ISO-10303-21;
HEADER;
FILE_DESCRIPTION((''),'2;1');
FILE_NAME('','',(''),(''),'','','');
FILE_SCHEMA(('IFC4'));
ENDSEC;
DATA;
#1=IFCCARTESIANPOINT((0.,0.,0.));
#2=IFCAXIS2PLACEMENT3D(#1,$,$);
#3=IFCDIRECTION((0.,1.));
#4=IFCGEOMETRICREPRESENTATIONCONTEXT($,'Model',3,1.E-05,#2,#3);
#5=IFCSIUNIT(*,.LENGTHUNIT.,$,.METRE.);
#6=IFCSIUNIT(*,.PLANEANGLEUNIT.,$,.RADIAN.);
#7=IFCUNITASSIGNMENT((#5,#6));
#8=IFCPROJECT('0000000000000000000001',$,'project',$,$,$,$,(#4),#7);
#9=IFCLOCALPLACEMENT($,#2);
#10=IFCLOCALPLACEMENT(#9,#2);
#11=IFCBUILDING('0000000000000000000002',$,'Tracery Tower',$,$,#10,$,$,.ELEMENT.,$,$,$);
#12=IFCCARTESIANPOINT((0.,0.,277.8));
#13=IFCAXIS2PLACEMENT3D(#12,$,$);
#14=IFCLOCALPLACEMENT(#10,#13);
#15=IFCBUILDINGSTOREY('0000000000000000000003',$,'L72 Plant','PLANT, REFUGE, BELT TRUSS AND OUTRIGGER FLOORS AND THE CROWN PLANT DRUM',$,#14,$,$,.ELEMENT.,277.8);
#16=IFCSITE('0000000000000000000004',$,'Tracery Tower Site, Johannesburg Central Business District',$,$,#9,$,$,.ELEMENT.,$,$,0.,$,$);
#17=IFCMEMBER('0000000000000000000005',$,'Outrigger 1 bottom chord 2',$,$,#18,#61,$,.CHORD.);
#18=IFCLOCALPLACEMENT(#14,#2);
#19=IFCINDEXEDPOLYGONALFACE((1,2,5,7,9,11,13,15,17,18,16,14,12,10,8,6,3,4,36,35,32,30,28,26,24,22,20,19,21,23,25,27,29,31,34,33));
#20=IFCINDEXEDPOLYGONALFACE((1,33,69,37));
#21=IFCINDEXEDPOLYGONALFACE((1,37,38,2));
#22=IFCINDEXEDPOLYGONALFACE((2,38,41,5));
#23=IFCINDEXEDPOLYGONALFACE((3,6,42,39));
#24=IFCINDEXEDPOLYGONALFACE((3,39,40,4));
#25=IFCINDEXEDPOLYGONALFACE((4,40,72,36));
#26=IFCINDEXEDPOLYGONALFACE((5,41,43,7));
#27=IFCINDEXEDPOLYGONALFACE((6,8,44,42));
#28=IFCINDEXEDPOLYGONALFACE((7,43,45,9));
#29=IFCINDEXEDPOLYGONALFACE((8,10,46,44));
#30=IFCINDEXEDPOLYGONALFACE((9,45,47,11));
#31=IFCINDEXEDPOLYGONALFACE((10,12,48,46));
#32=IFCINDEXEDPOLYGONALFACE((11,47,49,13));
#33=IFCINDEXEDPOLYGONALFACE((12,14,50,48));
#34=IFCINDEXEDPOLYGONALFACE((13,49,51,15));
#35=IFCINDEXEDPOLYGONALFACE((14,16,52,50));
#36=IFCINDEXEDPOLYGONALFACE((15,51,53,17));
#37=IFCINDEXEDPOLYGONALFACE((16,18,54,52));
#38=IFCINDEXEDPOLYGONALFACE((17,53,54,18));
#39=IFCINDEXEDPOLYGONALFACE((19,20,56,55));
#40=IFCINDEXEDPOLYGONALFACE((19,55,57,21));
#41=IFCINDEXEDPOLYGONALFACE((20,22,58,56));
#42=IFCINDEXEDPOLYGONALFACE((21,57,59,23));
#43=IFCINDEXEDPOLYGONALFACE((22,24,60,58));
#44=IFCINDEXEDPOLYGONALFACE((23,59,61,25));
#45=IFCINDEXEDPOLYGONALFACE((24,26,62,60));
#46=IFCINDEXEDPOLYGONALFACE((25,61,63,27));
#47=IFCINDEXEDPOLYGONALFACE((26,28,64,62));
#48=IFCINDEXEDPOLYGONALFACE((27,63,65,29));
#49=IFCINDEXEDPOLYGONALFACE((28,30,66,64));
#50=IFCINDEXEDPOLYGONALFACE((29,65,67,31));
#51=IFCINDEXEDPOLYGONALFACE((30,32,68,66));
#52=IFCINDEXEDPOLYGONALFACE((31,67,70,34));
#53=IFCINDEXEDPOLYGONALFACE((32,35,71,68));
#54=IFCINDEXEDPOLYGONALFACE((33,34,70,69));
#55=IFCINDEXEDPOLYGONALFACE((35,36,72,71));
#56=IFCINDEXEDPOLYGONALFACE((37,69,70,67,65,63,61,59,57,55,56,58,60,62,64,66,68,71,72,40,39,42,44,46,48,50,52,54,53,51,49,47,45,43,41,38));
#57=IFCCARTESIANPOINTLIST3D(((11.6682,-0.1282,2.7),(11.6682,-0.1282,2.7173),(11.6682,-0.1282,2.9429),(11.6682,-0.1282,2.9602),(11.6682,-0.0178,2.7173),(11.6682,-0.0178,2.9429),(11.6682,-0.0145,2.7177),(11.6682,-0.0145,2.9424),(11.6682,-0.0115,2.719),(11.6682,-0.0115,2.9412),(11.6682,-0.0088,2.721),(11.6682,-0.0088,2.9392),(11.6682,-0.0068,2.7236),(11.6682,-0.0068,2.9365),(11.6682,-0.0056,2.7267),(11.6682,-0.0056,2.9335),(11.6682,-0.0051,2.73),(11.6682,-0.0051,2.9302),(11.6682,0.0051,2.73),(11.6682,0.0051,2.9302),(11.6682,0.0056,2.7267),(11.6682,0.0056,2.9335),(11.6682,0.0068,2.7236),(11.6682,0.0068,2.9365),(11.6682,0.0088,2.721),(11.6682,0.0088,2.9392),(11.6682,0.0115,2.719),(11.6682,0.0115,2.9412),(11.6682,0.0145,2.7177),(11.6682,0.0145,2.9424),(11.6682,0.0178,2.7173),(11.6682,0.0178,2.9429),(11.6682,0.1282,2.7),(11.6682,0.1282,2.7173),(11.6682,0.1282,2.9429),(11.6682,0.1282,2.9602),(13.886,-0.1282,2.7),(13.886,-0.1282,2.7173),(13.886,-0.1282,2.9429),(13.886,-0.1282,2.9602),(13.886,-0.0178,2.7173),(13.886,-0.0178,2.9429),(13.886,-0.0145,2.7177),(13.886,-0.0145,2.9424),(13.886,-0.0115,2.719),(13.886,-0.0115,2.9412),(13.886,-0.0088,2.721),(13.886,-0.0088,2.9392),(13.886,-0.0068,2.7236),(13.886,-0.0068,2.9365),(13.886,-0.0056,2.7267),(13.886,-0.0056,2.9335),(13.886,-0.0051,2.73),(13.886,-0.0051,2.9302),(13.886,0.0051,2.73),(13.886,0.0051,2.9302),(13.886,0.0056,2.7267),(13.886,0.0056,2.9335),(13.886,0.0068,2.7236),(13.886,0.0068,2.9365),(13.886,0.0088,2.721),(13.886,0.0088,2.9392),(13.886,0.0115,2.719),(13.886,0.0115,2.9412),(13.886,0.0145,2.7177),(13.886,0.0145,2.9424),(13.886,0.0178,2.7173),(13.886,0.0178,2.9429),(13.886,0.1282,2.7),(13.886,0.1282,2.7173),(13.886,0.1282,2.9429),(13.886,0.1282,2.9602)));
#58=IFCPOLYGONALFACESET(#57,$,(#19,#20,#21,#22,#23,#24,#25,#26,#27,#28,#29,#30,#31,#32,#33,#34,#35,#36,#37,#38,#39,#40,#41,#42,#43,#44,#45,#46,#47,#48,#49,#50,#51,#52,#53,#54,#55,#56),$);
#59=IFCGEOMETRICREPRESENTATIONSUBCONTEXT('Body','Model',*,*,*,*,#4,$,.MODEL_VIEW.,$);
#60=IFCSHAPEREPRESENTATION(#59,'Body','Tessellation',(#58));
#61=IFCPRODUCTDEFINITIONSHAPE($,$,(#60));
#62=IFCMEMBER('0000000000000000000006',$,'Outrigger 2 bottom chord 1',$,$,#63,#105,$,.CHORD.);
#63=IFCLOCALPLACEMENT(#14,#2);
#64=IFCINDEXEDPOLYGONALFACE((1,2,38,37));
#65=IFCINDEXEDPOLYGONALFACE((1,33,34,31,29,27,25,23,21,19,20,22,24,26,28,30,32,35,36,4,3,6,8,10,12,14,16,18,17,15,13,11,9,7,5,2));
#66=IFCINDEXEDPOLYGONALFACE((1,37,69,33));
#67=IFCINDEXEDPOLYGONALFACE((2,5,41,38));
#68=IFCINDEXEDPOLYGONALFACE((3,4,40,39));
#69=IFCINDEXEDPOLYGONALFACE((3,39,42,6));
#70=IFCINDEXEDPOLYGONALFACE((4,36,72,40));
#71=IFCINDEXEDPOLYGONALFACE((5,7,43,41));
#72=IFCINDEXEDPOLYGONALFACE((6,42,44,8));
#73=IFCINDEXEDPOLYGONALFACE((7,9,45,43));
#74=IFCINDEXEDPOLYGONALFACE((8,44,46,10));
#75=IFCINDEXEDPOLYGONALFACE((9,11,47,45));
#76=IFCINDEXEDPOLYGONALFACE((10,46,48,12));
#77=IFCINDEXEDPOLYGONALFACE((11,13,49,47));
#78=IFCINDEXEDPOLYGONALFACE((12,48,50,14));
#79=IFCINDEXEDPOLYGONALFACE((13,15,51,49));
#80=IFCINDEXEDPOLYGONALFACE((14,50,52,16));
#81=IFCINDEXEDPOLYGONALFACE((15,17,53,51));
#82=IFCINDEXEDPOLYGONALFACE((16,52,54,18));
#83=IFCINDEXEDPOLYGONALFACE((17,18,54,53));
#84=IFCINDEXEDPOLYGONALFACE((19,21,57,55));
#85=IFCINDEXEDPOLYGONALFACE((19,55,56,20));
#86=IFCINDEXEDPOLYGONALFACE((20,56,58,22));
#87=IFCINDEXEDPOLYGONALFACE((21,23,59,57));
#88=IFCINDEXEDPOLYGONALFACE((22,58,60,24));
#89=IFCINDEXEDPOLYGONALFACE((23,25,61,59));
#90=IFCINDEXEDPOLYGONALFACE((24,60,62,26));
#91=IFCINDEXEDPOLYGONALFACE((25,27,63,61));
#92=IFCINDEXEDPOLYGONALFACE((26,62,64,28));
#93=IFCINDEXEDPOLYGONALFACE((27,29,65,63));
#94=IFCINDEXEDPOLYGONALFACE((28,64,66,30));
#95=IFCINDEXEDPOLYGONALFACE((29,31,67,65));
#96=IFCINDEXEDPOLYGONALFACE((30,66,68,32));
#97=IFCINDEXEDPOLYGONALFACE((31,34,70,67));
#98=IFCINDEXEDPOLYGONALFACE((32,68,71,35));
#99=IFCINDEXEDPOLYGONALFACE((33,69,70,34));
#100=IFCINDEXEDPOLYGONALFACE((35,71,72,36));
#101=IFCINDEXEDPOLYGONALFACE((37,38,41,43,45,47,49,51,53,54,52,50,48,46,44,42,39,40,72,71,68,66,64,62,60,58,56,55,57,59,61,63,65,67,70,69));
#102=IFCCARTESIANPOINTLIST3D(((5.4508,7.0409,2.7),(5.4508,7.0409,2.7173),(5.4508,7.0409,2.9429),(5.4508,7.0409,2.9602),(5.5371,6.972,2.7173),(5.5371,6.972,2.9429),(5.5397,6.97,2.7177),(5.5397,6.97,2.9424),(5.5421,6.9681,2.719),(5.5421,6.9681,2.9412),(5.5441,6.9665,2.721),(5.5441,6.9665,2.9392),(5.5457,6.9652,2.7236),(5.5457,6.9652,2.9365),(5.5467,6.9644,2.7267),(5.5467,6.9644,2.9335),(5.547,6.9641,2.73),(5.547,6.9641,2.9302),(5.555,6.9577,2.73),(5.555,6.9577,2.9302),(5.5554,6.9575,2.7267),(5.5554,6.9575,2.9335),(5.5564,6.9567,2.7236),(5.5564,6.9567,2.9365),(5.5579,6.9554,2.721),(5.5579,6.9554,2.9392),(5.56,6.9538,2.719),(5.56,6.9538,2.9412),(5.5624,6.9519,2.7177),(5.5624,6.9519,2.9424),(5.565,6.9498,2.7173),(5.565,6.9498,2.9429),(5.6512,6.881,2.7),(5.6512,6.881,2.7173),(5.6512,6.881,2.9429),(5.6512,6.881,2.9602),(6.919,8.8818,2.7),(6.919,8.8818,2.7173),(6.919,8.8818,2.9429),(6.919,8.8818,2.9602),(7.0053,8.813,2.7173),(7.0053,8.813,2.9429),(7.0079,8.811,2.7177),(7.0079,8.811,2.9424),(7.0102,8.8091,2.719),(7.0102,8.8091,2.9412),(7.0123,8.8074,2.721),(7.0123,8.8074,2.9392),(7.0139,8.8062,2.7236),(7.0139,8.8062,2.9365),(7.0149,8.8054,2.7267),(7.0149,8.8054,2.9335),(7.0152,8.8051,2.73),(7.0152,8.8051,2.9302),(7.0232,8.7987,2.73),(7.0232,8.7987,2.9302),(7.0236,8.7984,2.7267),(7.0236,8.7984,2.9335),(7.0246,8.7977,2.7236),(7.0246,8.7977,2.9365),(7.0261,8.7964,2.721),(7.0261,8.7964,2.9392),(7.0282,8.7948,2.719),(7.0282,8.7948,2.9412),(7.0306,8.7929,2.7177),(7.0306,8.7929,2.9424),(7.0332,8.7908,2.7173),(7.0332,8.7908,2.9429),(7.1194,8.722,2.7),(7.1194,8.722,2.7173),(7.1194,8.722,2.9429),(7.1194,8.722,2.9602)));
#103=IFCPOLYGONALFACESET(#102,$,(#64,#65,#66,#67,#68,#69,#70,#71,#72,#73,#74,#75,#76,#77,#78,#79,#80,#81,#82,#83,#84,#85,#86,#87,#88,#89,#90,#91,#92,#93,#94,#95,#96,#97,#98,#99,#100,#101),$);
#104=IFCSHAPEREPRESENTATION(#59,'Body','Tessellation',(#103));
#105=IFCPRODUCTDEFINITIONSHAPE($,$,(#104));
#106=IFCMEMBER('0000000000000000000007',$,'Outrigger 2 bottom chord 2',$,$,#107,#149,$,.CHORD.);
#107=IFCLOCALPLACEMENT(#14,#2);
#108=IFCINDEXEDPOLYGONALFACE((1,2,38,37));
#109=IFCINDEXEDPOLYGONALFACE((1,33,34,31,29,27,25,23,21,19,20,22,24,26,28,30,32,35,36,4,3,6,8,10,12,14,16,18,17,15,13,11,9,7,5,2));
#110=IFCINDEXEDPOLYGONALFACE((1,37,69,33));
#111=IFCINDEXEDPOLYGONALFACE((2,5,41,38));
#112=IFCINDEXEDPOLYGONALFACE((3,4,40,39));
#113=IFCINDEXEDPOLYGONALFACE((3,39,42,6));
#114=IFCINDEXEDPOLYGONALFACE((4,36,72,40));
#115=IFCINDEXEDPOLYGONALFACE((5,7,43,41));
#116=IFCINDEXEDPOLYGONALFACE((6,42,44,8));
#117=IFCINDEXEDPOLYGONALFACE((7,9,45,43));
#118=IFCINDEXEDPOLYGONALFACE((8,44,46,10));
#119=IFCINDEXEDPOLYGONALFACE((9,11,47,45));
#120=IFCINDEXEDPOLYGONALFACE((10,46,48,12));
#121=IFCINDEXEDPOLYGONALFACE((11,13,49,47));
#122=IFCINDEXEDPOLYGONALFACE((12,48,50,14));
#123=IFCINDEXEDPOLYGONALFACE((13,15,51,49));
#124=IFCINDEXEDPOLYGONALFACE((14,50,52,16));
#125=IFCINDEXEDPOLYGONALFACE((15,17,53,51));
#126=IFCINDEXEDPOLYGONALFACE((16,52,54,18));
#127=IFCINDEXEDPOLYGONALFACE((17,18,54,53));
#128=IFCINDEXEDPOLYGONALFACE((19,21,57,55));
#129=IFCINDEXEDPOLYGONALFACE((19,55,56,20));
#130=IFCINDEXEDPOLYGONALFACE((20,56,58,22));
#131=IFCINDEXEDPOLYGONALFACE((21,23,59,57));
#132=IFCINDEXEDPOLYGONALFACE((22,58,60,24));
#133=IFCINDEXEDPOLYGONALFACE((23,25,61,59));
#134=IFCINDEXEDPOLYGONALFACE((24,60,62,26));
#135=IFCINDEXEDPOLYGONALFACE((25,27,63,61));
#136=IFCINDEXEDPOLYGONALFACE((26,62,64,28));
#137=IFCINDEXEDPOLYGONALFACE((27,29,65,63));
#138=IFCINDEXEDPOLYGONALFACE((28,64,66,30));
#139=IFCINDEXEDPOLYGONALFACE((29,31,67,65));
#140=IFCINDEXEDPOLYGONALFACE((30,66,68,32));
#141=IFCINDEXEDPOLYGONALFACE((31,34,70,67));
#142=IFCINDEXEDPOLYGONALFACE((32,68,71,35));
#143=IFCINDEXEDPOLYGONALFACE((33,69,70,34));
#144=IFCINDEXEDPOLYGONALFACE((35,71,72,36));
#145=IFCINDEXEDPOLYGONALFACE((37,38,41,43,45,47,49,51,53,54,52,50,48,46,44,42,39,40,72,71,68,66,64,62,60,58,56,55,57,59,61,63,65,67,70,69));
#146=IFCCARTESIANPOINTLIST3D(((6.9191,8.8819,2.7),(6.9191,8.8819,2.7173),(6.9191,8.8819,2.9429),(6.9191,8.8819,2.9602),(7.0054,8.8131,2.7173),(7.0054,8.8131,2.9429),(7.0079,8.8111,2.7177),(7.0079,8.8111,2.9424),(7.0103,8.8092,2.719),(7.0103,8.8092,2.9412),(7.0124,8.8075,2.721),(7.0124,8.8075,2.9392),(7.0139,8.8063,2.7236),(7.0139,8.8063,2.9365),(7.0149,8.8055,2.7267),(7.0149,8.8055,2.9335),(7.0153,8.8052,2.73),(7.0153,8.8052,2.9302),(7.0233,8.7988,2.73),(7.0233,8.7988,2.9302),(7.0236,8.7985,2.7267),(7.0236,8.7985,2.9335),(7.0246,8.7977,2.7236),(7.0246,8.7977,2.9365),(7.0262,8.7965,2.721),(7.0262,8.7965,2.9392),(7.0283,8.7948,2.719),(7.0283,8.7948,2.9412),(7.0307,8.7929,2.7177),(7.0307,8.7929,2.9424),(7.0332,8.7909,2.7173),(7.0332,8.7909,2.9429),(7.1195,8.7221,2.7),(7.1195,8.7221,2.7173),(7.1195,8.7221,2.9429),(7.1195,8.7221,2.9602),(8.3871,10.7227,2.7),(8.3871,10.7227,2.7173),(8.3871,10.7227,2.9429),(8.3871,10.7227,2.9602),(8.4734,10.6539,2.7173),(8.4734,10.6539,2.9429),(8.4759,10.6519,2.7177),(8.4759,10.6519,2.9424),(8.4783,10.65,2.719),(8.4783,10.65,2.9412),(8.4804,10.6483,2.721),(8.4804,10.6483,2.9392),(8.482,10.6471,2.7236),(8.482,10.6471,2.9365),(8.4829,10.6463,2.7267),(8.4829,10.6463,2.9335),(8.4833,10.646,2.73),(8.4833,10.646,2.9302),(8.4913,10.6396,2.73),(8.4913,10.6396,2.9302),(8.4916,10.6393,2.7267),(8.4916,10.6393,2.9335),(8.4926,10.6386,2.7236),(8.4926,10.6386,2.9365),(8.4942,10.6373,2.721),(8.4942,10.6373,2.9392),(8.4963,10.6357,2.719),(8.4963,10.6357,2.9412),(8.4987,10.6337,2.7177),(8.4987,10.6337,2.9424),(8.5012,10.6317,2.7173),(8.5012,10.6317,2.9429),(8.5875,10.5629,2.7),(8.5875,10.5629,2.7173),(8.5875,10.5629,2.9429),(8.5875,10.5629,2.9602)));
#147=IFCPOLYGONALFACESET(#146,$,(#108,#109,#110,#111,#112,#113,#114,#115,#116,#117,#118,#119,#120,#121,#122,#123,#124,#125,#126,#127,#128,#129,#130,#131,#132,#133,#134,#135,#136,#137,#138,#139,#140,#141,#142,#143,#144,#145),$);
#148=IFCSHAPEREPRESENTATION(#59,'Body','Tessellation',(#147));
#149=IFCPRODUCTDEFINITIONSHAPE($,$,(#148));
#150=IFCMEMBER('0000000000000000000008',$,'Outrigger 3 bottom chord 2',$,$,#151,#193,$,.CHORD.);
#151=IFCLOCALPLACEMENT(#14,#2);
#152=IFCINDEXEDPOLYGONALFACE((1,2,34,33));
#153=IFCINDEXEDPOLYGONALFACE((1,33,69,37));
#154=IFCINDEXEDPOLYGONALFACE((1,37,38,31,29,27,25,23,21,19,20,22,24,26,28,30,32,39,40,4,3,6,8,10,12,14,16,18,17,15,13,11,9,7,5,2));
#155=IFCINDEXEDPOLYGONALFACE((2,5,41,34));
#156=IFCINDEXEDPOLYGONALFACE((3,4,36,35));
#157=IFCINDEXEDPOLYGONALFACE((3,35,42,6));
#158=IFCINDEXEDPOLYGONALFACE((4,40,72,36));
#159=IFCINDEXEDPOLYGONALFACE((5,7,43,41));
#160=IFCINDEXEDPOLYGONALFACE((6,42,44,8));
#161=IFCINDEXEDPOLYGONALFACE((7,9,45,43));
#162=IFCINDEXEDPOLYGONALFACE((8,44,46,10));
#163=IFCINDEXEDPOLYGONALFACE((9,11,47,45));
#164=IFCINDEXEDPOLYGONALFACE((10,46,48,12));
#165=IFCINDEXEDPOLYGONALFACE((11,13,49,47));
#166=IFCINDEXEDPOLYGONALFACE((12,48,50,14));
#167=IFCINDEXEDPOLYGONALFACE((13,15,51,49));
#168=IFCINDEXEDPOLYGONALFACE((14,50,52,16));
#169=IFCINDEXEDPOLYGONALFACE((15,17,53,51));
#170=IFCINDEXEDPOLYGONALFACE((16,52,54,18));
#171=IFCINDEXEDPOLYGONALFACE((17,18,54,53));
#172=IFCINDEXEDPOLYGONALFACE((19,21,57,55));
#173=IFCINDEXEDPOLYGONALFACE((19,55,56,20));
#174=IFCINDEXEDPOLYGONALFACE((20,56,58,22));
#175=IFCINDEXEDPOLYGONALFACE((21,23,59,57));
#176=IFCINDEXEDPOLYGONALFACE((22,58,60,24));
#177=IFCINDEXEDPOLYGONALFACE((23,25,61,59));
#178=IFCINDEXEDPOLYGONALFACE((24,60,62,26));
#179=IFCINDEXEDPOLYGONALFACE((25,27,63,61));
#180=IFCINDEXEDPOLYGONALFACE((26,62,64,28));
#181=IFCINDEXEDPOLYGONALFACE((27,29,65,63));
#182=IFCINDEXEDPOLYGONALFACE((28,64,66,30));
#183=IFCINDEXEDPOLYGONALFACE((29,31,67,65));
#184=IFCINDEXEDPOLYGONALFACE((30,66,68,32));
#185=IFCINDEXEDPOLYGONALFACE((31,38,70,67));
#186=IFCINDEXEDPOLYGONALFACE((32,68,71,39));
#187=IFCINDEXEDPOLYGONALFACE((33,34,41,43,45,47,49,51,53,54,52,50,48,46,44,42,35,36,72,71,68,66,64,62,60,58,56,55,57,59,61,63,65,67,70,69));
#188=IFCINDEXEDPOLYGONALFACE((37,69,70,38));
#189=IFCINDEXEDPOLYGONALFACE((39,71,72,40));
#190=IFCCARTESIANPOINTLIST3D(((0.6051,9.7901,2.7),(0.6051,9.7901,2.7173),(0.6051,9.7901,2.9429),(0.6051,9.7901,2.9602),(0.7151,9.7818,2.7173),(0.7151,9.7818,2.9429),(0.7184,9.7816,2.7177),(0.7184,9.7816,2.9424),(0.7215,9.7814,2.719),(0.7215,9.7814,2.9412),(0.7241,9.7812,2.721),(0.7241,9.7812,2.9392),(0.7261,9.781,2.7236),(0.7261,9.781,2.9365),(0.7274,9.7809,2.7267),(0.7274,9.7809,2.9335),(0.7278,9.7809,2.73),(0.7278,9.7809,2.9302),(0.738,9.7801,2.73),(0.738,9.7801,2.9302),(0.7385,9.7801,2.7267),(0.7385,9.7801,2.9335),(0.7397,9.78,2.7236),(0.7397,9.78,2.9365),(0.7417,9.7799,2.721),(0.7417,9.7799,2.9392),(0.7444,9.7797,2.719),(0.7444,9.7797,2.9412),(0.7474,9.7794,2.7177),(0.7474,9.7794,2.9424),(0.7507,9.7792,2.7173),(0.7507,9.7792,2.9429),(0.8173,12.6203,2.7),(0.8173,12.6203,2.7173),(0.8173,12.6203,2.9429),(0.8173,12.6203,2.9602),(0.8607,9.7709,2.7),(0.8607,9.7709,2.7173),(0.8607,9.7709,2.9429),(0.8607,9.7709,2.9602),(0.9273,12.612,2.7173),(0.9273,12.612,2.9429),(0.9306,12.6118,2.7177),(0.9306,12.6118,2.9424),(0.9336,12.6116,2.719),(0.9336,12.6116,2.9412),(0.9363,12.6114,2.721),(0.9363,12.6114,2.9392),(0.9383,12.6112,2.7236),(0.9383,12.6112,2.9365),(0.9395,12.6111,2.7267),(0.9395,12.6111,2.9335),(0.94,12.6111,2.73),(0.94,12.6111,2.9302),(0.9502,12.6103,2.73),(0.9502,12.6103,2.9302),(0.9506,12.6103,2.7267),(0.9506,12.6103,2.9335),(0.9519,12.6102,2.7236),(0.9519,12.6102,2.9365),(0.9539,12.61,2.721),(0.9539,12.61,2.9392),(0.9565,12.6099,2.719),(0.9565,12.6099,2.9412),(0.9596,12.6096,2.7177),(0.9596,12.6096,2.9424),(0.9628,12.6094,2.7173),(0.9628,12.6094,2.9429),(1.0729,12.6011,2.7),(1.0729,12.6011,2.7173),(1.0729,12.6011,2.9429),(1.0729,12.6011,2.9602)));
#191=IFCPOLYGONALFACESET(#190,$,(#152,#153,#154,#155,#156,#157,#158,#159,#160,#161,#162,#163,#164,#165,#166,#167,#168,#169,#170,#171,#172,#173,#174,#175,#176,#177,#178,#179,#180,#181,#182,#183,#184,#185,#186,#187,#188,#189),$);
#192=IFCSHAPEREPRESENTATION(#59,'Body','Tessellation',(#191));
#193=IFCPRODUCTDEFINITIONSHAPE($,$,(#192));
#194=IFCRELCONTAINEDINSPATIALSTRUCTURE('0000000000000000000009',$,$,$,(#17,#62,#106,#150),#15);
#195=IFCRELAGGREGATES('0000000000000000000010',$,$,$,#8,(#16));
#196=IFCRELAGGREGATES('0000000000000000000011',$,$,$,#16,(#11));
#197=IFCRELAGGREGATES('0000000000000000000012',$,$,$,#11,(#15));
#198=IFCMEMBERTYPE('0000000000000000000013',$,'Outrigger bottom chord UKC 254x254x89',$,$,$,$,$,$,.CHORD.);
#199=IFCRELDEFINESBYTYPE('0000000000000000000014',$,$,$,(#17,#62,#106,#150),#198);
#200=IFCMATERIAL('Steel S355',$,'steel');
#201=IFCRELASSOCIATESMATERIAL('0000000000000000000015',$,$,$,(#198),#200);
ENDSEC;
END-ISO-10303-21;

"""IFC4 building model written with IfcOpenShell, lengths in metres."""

from ifc_helpers import new_model, si_unit, direction, frame, origin, origin_2d, place, context, subcontext, project, spatial, i_section, extrude, material, material_profile, profile_set, type_object, element, save


model = new_model("IFC4")

# Units and contexts
model_context = context("Model", 3, precision=1e-05, world=origin(), true_north=direction((0.0, 1.0)))
body_context = subcontext(model_context, "Body", "Model", "MODEL_VIEW")
ifc_project = project(units=[si_unit("LENGTHUNIT", "METRE"), si_unit("PLANEANGLEUNIT", "RADIAN")], contexts=[model_context])

# Site, building, storey
site_placement = place(None, origin())
site = spatial("IfcSite", under=ifc_project, at=site_placement, Name="Tracery Tower Site, Johannesburg Central Business District", CompositionType="ELEMENT", RefElevation=0.0)
building_placement = place(site_placement, origin())
building = spatial("IfcBuilding", under=site, at=building_placement, Name="Tracery Tower", CompositionType="ELEMENT")
storey_placement = place(building_placement, frame((0.0, 0.0, 277.8)))
storey = spatial("IfcBuildingStorey", under=building, at=storey_placement, Name="L72 Plant", Description="PLANT, REFUGE, BELT TRUSS AND OUTRIGGER FLOORS AND THE CROWN PLANT DRUM", CompositionType="ELEMENT", Elevation=277.8)

# Members
ifc_material_1 = material(Name="Steel S355", Category="steel")
ifc_material_profile_1 = material_profile(ifc_material_1, i_section(OverallWidth=0.2563, OverallDepth=0.2603, WebThickness=0.0103, FlangeThickness=0.0173, FilletRadius=0.0127, at=origin_2d()), Name="UKC 254x254x89")
ifc_profile_set_1 = profile_set([ifc_material_profile_1], Name="Steel S355")
member_type_1 = type_object("IfcMemberType", Name="Outrigger bottom chord UKC 254x254x89", PredefinedType="CHORD", material=ifc_profile_set_1)
member_1_placement = place(storey_placement, frame((11.6682, 0.0, 2.8301), z_axis=(1.0, 0.0, 0.0), x_axis=(0.0, 1.0, 0.0)))
element("IfcMember", 1, at=member_1_placement, inside=storey, type_object=member_type_1, Name="Outrigger 1 bottom chord 2", PredefinedType="CHORD", context=body_context, shape_type="SweptSolid", body=[
    extrude(i_section(OverallWidth=0.2563, OverallDepth=0.2603, WebThickness=0.0103, FlangeThickness=0.0173, FilletRadius=0.0127, at=origin_2d()), origin(), (0.0, 0.0, 1.0), 2.2178),
])
member_2_placement = place(storey_placement, frame((5.551, 6.9609, 2.8301), z_axis=(0.623506, 0.781819, 0.0), x_axis=(-0.781819, 0.623506, 0.0)))
element("IfcMember", 2, at=member_2_placement, inside=storey, type_object=member_type_1, Name="Outrigger 2 bottom chord 1", PredefinedType="CHORD", context=body_context, shape_type="SweptSolid", body=[
    extrude(i_section(OverallWidth=0.2563, OverallDepth=0.2603, WebThickness=0.0103, FlangeThickness=0.0173, FilletRadius=0.0127, at=origin_2d()), origin(), (0.0, 0.0, 1.0), 2.3547),
])
member_3_placement = place(storey_placement, frame((7.0193, 8.802, 2.8301), z_axis=(0.623493, 0.781829, 0.0), x_axis=(-0.781829, 0.623493, 0.0)))
element("IfcMember", 3, at=member_3_placement, inside=storey, type_object=member_type_1, Name="Outrigger 2 bottom chord 2", PredefinedType="CHORD", context=body_context, shape_type="SweptSolid", body=[
    extrude(i_section(OverallWidth=0.2563, OverallDepth=0.2603, WebThickness=0.0103, FlangeThickness=0.0173, FilletRadius=0.0127, at=origin_2d()), origin(), (0.0, 0.0, 1.0), 2.3545),
])
member_4_placement = place(storey_placement, frame((0.7329, 9.7805, 2.8301), z_axis=(0.074756, 0.997202, 0.0), x_axis=(-0.997202, 0.074756, 0.0)))
element("IfcMember", 4, at=member_4_placement, inside=storey, type_object=member_type_1, Name="Outrigger 3 bottom chord 2", PredefinedType="CHORD", context=body_context, shape_type="SweptSolid", body=[
    extrude(i_section(OverallWidth=0.2563, OverallDepth=0.2603, WebThickness=0.0103, FlangeThickness=0.0173, FilletRadius=0.0127, at=origin_2d()), origin(), (0.0, 0.0, 1.0), 2.8381),
])

save(model, "model.ifc")
